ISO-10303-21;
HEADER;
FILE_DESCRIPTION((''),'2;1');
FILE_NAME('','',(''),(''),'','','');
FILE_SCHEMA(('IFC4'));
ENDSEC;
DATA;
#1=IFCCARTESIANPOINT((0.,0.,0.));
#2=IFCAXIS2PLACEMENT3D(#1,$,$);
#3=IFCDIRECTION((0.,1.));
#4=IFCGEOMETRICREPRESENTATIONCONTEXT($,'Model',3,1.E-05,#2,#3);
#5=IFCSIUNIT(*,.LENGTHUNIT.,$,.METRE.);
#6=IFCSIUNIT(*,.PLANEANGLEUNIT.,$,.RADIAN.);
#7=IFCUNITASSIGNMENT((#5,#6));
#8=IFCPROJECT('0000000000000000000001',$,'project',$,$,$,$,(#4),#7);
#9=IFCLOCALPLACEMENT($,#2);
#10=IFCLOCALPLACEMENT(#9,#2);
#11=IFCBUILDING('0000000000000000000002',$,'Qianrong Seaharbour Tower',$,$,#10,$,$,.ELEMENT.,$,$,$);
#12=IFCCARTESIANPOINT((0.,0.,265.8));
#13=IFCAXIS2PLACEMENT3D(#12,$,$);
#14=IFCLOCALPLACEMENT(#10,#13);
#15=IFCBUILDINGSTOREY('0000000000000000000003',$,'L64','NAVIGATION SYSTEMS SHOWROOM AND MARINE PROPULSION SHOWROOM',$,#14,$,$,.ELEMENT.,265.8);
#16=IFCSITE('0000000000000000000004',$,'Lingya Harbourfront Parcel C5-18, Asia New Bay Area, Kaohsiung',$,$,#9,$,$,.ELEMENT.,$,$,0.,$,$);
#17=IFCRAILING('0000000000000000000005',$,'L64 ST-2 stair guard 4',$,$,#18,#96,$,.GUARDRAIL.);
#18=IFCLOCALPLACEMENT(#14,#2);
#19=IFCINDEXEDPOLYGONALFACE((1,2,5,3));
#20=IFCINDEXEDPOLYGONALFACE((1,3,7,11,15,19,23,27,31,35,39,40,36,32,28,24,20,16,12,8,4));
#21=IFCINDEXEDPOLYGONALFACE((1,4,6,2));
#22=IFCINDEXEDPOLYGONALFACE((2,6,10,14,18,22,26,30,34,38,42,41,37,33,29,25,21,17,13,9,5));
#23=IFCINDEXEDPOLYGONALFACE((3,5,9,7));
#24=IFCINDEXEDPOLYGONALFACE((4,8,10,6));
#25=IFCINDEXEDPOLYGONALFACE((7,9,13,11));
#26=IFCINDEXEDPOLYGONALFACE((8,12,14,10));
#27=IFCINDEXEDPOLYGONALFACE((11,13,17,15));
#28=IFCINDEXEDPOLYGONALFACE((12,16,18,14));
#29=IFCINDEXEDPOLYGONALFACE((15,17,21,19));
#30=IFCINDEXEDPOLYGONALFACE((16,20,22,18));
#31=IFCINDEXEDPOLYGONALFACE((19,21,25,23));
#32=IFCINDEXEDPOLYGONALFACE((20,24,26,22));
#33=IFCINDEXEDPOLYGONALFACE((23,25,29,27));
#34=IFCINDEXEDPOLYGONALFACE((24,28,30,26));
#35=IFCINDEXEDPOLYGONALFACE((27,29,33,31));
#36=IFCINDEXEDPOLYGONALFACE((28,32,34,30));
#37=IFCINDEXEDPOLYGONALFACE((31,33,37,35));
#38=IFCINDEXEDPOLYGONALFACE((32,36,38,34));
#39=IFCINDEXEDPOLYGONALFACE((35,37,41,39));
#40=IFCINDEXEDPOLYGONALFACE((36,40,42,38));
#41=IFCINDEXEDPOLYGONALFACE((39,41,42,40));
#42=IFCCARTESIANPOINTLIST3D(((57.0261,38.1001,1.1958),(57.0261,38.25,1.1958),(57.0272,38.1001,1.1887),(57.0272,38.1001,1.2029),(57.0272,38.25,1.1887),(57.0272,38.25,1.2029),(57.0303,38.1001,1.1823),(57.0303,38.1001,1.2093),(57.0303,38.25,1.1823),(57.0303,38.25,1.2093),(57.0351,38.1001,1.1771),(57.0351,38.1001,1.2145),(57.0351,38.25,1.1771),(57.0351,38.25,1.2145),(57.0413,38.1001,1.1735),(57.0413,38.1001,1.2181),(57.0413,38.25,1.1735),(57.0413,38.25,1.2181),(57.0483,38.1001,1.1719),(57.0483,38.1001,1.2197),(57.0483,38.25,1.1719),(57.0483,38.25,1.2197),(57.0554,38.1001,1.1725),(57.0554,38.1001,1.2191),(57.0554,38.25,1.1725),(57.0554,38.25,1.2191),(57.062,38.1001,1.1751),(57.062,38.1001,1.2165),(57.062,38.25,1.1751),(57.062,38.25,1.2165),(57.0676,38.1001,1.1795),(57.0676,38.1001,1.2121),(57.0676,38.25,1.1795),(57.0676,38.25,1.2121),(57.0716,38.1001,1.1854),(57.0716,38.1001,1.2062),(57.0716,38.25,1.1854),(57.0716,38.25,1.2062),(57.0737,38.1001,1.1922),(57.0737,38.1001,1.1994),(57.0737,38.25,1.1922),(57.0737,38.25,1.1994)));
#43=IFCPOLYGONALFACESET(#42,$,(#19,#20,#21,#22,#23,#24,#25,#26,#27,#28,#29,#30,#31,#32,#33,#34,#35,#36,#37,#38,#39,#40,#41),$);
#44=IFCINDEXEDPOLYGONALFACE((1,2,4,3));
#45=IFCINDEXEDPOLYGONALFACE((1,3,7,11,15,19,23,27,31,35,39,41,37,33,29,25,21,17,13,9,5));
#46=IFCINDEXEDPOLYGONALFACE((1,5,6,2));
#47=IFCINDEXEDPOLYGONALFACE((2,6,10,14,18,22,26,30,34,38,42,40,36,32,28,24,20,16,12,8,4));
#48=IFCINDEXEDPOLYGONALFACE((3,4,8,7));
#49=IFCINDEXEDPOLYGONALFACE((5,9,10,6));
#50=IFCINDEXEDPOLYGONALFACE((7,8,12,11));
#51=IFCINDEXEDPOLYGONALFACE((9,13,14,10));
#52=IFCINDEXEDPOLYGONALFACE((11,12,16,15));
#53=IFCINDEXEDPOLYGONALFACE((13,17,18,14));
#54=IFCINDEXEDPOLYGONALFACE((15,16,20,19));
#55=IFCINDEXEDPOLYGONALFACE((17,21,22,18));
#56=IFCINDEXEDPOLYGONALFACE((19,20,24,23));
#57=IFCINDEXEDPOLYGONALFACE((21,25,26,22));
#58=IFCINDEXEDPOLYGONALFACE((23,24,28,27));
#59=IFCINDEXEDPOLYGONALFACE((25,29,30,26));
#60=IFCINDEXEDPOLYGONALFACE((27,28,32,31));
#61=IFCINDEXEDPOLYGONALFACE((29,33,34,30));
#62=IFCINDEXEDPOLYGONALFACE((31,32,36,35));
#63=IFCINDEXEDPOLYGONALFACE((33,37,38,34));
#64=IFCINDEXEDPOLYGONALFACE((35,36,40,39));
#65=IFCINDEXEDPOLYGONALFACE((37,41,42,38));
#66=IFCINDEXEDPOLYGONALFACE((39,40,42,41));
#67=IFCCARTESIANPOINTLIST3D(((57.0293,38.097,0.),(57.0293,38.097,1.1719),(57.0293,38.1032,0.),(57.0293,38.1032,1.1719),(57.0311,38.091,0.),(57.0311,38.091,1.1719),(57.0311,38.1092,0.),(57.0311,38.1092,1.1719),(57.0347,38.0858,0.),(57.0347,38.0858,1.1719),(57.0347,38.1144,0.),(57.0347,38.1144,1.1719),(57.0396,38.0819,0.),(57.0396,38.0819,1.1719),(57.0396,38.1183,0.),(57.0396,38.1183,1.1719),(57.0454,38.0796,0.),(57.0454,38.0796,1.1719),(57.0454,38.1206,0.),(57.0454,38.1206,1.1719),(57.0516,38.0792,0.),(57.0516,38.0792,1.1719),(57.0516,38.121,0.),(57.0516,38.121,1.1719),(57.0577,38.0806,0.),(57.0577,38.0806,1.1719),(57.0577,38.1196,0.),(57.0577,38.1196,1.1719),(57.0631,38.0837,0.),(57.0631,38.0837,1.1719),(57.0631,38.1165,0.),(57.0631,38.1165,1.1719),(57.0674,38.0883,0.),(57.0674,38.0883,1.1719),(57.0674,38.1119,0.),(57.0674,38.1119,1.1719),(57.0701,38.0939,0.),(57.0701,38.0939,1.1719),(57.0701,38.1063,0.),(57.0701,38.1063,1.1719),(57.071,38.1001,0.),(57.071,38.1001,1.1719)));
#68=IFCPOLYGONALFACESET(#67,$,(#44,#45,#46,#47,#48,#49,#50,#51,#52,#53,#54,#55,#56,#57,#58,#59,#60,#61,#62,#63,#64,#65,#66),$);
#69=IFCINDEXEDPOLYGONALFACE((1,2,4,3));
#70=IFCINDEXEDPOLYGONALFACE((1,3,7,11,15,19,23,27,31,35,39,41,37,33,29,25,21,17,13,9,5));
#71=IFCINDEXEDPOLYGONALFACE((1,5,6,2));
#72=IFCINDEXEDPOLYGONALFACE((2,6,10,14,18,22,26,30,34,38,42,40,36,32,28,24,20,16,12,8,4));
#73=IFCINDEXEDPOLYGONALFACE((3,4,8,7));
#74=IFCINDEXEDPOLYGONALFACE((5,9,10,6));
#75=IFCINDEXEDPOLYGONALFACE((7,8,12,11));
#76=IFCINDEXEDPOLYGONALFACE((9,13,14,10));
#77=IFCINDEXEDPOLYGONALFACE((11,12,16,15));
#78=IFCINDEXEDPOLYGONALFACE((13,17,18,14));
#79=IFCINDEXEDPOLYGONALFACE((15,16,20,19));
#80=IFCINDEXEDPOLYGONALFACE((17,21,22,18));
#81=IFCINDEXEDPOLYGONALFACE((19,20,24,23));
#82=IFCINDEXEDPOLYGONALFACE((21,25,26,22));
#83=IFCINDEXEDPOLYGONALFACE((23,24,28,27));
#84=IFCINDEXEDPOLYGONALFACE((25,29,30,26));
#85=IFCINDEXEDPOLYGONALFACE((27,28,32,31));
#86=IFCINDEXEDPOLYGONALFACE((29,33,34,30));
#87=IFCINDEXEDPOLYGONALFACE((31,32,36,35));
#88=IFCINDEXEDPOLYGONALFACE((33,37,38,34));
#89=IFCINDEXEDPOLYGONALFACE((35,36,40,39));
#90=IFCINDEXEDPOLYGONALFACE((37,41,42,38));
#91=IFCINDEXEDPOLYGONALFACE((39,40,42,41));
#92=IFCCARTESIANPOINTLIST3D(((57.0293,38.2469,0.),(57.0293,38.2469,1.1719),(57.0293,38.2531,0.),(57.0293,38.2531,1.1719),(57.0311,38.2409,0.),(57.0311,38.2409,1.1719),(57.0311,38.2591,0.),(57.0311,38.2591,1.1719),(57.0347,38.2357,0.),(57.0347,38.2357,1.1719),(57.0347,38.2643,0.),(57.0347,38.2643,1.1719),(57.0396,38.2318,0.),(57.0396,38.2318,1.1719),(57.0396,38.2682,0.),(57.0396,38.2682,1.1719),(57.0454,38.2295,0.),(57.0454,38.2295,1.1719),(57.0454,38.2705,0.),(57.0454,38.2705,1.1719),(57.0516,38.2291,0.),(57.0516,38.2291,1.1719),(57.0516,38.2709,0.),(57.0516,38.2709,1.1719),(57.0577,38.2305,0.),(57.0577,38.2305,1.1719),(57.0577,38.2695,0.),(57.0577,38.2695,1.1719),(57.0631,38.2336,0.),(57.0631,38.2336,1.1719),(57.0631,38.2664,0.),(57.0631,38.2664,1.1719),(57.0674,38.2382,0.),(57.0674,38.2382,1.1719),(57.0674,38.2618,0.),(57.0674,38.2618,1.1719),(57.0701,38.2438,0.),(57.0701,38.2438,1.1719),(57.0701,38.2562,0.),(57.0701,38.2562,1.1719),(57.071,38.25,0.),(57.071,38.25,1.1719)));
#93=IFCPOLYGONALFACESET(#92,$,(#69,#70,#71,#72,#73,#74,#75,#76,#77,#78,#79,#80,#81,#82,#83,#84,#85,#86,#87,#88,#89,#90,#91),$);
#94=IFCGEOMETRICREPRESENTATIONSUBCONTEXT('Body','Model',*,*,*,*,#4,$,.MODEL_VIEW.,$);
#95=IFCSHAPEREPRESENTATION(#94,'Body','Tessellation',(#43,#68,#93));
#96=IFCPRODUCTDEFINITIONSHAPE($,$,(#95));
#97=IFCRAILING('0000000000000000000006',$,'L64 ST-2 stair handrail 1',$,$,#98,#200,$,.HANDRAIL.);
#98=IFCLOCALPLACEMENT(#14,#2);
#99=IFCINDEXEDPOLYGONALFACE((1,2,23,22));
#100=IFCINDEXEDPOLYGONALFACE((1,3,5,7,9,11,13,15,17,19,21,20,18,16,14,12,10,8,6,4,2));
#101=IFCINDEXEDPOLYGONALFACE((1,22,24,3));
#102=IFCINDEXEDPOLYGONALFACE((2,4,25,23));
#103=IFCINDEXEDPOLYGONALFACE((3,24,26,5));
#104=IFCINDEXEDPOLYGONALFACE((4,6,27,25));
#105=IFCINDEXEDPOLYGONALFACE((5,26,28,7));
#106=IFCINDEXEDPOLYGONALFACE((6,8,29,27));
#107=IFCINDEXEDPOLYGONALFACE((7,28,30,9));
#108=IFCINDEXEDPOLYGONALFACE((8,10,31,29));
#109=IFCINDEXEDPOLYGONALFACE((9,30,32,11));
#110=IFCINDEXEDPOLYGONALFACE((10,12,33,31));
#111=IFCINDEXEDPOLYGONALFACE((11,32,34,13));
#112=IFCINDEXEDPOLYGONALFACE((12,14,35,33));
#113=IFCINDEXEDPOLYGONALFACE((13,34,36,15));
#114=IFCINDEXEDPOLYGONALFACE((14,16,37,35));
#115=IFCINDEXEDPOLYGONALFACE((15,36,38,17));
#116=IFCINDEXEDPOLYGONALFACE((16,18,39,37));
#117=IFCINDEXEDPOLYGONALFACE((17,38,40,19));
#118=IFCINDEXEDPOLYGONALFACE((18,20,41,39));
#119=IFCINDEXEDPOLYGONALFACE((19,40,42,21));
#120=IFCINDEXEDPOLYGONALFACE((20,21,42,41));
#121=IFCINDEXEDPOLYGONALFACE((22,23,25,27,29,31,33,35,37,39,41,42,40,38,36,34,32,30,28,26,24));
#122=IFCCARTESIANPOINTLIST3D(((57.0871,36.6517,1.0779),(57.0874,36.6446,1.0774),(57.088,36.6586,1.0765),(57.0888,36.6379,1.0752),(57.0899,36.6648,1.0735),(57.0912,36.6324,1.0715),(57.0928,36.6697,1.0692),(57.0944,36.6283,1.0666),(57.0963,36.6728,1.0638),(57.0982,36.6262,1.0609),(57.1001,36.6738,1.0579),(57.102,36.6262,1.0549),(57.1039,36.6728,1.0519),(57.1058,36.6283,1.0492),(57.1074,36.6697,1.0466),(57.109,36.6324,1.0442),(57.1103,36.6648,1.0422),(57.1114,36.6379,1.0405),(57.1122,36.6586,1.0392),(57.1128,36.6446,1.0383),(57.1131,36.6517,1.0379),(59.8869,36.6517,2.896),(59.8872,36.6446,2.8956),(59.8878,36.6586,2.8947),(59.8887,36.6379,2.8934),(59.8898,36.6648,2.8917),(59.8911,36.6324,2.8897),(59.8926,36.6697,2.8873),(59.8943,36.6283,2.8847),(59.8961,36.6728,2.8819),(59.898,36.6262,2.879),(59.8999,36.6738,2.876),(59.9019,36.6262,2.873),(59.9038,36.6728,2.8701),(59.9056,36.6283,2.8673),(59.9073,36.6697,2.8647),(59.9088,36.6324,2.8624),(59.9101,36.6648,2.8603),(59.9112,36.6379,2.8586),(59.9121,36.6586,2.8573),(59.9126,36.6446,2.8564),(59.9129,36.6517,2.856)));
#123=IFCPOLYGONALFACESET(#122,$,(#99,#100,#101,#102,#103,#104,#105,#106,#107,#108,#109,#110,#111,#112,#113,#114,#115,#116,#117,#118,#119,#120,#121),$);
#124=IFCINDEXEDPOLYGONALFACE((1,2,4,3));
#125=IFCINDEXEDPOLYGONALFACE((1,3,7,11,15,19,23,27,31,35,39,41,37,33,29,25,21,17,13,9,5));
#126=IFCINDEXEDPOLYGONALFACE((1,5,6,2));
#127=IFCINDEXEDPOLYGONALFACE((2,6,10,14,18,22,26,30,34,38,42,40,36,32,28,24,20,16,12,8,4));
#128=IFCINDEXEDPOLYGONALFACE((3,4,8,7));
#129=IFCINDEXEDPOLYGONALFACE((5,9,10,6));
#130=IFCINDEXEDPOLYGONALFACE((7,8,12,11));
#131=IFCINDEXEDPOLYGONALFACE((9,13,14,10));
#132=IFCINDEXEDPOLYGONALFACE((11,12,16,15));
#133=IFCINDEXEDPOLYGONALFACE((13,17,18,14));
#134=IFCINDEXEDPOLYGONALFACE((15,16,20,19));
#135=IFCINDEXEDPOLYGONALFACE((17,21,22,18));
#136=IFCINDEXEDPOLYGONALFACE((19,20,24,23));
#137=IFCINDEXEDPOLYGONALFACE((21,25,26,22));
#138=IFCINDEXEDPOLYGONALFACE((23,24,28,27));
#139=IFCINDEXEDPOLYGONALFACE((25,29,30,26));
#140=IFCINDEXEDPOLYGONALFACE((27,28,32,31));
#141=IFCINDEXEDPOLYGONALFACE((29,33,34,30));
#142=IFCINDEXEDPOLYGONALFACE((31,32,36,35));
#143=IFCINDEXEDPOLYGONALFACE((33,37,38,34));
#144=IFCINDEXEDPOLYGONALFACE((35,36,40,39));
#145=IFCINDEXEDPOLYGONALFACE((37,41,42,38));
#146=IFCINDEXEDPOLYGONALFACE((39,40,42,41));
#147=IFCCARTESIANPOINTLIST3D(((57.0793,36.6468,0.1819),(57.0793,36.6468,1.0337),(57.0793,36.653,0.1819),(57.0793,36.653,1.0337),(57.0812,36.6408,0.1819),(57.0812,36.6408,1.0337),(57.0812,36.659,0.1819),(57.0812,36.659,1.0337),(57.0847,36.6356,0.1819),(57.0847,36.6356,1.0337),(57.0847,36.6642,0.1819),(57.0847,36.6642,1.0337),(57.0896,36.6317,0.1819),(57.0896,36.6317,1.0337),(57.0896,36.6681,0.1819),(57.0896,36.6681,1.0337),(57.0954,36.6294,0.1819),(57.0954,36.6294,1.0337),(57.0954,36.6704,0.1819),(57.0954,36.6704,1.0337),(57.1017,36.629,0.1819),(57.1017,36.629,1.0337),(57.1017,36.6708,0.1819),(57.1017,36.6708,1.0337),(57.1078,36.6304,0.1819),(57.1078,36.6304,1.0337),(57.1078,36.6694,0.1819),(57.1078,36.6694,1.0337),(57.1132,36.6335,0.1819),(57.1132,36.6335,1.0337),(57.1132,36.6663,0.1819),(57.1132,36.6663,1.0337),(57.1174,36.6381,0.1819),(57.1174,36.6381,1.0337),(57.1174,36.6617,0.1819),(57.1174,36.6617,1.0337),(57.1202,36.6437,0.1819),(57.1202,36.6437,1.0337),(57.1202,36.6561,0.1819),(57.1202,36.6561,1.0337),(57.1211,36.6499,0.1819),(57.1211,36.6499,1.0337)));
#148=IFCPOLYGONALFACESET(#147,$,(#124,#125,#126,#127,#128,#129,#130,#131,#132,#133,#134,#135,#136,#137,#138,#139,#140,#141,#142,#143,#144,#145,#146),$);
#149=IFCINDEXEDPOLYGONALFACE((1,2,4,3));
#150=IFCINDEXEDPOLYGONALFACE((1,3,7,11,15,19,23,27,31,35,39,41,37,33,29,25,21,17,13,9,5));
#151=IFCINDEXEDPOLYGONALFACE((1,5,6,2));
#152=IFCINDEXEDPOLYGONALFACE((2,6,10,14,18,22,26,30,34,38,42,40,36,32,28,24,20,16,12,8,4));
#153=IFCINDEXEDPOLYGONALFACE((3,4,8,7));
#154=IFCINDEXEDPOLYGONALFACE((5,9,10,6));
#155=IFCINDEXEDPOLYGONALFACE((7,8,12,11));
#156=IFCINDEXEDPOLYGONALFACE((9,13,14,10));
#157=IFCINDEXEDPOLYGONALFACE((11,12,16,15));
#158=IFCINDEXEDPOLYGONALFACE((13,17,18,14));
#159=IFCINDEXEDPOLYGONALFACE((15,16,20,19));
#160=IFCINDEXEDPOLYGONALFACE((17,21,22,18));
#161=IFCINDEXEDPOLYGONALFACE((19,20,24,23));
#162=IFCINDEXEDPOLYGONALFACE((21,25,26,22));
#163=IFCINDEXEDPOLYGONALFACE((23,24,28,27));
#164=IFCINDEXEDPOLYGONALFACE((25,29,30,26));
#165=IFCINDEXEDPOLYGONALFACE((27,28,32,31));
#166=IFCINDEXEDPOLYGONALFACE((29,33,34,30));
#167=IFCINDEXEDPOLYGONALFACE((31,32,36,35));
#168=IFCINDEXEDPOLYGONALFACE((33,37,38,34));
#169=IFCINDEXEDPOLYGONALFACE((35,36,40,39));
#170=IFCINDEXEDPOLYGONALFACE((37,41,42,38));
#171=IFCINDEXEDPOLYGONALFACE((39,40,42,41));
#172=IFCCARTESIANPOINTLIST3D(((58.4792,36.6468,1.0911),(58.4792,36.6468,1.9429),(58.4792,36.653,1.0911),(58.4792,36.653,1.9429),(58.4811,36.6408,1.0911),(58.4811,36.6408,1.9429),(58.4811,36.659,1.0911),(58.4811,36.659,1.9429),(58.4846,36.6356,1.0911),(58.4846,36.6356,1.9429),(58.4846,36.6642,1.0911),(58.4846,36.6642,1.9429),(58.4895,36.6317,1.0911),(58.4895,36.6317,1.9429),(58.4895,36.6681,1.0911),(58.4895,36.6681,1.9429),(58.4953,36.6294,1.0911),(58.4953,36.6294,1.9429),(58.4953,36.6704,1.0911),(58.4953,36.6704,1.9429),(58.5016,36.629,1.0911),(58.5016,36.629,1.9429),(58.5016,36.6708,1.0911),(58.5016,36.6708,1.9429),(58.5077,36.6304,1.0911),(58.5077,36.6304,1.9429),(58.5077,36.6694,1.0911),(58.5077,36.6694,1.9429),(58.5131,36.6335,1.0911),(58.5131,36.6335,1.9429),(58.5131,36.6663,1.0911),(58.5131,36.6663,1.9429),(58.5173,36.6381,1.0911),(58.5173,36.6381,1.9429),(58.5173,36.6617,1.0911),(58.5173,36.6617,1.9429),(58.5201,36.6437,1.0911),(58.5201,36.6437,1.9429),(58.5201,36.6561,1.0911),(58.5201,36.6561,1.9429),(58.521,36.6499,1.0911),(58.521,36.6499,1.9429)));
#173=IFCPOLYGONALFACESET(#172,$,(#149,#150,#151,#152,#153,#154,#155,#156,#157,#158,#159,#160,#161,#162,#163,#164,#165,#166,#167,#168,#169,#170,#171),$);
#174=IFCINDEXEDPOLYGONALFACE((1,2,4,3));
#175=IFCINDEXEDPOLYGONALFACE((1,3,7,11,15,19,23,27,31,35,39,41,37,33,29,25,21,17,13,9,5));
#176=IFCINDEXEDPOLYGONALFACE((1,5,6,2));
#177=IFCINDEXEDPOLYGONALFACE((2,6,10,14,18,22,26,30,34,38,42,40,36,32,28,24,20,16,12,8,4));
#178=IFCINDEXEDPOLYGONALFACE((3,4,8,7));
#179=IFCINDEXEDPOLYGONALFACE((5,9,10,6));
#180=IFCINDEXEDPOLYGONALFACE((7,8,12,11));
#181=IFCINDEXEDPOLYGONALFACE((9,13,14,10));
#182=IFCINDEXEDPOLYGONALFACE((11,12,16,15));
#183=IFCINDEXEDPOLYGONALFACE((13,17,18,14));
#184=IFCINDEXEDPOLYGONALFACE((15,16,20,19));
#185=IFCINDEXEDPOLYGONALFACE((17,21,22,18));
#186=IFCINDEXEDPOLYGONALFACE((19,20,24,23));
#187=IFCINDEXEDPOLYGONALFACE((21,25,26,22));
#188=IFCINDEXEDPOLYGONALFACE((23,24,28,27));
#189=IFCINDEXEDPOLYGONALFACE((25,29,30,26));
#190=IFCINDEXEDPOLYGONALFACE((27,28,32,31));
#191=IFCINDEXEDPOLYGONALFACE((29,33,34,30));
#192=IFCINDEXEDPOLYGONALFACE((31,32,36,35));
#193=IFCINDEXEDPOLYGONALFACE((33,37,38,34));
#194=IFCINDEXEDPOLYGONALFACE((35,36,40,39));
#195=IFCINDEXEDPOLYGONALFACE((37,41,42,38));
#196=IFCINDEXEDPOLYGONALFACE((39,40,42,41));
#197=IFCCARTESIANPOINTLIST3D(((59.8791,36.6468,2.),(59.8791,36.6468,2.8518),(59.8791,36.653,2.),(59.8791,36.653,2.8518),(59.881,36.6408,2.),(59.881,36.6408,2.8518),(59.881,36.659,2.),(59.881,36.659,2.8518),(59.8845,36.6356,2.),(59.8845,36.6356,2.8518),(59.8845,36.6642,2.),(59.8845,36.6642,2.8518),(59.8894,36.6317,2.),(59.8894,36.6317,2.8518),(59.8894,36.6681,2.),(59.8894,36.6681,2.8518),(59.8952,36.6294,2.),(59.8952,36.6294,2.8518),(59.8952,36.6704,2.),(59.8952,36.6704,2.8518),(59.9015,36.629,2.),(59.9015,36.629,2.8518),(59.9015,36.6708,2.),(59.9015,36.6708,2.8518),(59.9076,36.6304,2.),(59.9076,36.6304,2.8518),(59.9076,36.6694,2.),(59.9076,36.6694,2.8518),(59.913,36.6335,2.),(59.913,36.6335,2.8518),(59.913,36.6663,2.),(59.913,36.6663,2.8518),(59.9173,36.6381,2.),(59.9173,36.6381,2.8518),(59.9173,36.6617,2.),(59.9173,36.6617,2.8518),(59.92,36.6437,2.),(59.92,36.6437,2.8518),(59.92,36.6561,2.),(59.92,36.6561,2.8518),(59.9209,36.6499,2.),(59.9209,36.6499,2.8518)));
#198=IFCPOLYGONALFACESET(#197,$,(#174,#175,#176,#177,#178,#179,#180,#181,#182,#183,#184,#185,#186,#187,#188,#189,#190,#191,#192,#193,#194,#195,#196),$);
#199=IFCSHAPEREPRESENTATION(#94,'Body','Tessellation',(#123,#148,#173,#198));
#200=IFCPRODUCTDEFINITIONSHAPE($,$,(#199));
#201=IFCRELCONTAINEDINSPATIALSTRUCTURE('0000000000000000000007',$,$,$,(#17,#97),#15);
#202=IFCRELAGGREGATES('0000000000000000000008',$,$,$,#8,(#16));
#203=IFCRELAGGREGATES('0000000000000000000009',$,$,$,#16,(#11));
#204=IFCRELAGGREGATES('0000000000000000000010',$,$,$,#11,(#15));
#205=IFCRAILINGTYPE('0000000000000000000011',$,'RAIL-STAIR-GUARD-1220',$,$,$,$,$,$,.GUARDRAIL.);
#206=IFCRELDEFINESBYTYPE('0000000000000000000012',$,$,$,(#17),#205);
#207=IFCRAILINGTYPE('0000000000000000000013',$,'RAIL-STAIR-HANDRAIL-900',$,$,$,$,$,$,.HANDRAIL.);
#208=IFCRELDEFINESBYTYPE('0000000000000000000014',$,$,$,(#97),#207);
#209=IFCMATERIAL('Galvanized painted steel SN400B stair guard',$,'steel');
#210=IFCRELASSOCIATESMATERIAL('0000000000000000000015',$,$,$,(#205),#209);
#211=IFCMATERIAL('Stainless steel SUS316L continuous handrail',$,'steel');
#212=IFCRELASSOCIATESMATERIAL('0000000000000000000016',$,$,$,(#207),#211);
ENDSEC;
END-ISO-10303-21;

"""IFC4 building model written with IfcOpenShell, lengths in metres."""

from ifc_helpers import new_model, si_unit, direction, frame, origin, origin_2d, place, context, subcontext, project, spatial, circle, extrude, material, type_object, element, save


model = new_model("IFC4")

# Units and contexts
model_context = context("Model", 3, precision=1e-05, world=origin(), true_north=direction((0.0, 1.0)))
body_context = subcontext(model_context, "Body", "Model", "MODEL_VIEW")
ifc_project = project(units=[si_unit("LENGTHUNIT", "METRE"), si_unit("PLANEANGLEUNIT", "RADIAN")], contexts=[model_context])

# Site, building, storey
site_placement = place(None, origin())
site = spatial("IfcSite", under=ifc_project, at=site_placement, Name="Lingya Harbourfront Parcel C5-18, Asia New Bay Area, Kaohsiung", CompositionType="ELEMENT", RefElevation=0.0)
building_placement = place(site_placement, origin())
building = spatial("IfcBuilding", under=site, at=building_placement, Name="Qianrong Seaharbour Tower", CompositionType="ELEMENT")
storey_placement = place(building_placement, frame((0.0, 0.0, 265.8)))
storey = spatial("IfcBuildingStorey", under=building, at=storey_placement, Name="L64", Description="NAVIGATION SYSTEMS SHOWROOM AND MARINE PROPULSION SHOWROOM", CompositionType="ELEMENT", Elevation=265.8)

# Railings
ifc_material_1 = material(Name="Galvanized painted steel SN400B stair guard", Category="steel")
railing_type_1 = type_object("IfcRailingType", Name="RAIL-STAIR-GUARD-1220", PredefinedType="GUARDRAIL", material=ifc_material_1)
railing_1_placement = place(storey_placement, frame((57.05, 38.1001, 0.0)))
element("IfcRailing", 1, at=railing_1_placement, inside=storey, type_object=railing_type_1, Name="L64 ST-2 stair guard 4", PredefinedType="GUARDRAIL", context=body_context, shape_type="SweptSolid", body=[
    extrude(circle(Radius=0.0239, at=origin_2d()), frame((0.0, 0.0, 1.1958), z_axis=(0.0, 1.0, 0.0), x_axis=(-1.0, 0.0, 0.0)), (0.0, 0.0, 1.0), 0.1499),
    extrude(circle(Radius=0.021, at=origin_2d()), origin(), (0.0, 0.0, 1.0), 1.1719),
    extrude(circle(Radius=0.021, at=origin_2d()), frame((0.0, 0.1499, 0.0)), (0.0, 0.0, 1.0), 1.1719),
])
ifc_material_2 = material(Name="Stainless steel SUS316L continuous handrail", Category="steel")
railing_type_2 = type_object("IfcRailingType", Name="RAIL-STAIR-HANDRAIL-900", PredefinedType="HANDRAIL", material=ifc_material_2)
railing_2_placement = place(storey_placement, frame((57.1001, 36.6499, 0.1819)))
element("IfcRailing", 2, at=railing_2_placement, inside=storey, type_object=railing_type_2, Name="L64 ST-2 stair handrail 1", PredefinedType="HANDRAIL", context=body_context, shape_type="SweptSolid", body=[
    extrude(circle(Radius=0.0239, at=origin_2d()), frame((0.0, 0.0, 0.876), z_axis=(0.838684, 0.0, 0.544618), x_axis=(0.0, 1.0, 0.0)), (0.0, 0.0, 1.0), 3.3384),
    extrude(circle(Radius=0.021, at=origin_2d()), origin(), (0.0, 0.0, 1.0), 0.8518),
    extrude(circle(Radius=0.021, at=origin_2d()), frame((1.3999, 0.0, 0.9092)), (0.0, 0.0, 1.0), 0.8518),
    extrude(circle(Radius=0.021, at=origin_2d()), frame((2.7998, 0.0, 1.8181)), (0.0, 0.0, 1.0), 0.8518),
])

save(model, "model.ifc")
